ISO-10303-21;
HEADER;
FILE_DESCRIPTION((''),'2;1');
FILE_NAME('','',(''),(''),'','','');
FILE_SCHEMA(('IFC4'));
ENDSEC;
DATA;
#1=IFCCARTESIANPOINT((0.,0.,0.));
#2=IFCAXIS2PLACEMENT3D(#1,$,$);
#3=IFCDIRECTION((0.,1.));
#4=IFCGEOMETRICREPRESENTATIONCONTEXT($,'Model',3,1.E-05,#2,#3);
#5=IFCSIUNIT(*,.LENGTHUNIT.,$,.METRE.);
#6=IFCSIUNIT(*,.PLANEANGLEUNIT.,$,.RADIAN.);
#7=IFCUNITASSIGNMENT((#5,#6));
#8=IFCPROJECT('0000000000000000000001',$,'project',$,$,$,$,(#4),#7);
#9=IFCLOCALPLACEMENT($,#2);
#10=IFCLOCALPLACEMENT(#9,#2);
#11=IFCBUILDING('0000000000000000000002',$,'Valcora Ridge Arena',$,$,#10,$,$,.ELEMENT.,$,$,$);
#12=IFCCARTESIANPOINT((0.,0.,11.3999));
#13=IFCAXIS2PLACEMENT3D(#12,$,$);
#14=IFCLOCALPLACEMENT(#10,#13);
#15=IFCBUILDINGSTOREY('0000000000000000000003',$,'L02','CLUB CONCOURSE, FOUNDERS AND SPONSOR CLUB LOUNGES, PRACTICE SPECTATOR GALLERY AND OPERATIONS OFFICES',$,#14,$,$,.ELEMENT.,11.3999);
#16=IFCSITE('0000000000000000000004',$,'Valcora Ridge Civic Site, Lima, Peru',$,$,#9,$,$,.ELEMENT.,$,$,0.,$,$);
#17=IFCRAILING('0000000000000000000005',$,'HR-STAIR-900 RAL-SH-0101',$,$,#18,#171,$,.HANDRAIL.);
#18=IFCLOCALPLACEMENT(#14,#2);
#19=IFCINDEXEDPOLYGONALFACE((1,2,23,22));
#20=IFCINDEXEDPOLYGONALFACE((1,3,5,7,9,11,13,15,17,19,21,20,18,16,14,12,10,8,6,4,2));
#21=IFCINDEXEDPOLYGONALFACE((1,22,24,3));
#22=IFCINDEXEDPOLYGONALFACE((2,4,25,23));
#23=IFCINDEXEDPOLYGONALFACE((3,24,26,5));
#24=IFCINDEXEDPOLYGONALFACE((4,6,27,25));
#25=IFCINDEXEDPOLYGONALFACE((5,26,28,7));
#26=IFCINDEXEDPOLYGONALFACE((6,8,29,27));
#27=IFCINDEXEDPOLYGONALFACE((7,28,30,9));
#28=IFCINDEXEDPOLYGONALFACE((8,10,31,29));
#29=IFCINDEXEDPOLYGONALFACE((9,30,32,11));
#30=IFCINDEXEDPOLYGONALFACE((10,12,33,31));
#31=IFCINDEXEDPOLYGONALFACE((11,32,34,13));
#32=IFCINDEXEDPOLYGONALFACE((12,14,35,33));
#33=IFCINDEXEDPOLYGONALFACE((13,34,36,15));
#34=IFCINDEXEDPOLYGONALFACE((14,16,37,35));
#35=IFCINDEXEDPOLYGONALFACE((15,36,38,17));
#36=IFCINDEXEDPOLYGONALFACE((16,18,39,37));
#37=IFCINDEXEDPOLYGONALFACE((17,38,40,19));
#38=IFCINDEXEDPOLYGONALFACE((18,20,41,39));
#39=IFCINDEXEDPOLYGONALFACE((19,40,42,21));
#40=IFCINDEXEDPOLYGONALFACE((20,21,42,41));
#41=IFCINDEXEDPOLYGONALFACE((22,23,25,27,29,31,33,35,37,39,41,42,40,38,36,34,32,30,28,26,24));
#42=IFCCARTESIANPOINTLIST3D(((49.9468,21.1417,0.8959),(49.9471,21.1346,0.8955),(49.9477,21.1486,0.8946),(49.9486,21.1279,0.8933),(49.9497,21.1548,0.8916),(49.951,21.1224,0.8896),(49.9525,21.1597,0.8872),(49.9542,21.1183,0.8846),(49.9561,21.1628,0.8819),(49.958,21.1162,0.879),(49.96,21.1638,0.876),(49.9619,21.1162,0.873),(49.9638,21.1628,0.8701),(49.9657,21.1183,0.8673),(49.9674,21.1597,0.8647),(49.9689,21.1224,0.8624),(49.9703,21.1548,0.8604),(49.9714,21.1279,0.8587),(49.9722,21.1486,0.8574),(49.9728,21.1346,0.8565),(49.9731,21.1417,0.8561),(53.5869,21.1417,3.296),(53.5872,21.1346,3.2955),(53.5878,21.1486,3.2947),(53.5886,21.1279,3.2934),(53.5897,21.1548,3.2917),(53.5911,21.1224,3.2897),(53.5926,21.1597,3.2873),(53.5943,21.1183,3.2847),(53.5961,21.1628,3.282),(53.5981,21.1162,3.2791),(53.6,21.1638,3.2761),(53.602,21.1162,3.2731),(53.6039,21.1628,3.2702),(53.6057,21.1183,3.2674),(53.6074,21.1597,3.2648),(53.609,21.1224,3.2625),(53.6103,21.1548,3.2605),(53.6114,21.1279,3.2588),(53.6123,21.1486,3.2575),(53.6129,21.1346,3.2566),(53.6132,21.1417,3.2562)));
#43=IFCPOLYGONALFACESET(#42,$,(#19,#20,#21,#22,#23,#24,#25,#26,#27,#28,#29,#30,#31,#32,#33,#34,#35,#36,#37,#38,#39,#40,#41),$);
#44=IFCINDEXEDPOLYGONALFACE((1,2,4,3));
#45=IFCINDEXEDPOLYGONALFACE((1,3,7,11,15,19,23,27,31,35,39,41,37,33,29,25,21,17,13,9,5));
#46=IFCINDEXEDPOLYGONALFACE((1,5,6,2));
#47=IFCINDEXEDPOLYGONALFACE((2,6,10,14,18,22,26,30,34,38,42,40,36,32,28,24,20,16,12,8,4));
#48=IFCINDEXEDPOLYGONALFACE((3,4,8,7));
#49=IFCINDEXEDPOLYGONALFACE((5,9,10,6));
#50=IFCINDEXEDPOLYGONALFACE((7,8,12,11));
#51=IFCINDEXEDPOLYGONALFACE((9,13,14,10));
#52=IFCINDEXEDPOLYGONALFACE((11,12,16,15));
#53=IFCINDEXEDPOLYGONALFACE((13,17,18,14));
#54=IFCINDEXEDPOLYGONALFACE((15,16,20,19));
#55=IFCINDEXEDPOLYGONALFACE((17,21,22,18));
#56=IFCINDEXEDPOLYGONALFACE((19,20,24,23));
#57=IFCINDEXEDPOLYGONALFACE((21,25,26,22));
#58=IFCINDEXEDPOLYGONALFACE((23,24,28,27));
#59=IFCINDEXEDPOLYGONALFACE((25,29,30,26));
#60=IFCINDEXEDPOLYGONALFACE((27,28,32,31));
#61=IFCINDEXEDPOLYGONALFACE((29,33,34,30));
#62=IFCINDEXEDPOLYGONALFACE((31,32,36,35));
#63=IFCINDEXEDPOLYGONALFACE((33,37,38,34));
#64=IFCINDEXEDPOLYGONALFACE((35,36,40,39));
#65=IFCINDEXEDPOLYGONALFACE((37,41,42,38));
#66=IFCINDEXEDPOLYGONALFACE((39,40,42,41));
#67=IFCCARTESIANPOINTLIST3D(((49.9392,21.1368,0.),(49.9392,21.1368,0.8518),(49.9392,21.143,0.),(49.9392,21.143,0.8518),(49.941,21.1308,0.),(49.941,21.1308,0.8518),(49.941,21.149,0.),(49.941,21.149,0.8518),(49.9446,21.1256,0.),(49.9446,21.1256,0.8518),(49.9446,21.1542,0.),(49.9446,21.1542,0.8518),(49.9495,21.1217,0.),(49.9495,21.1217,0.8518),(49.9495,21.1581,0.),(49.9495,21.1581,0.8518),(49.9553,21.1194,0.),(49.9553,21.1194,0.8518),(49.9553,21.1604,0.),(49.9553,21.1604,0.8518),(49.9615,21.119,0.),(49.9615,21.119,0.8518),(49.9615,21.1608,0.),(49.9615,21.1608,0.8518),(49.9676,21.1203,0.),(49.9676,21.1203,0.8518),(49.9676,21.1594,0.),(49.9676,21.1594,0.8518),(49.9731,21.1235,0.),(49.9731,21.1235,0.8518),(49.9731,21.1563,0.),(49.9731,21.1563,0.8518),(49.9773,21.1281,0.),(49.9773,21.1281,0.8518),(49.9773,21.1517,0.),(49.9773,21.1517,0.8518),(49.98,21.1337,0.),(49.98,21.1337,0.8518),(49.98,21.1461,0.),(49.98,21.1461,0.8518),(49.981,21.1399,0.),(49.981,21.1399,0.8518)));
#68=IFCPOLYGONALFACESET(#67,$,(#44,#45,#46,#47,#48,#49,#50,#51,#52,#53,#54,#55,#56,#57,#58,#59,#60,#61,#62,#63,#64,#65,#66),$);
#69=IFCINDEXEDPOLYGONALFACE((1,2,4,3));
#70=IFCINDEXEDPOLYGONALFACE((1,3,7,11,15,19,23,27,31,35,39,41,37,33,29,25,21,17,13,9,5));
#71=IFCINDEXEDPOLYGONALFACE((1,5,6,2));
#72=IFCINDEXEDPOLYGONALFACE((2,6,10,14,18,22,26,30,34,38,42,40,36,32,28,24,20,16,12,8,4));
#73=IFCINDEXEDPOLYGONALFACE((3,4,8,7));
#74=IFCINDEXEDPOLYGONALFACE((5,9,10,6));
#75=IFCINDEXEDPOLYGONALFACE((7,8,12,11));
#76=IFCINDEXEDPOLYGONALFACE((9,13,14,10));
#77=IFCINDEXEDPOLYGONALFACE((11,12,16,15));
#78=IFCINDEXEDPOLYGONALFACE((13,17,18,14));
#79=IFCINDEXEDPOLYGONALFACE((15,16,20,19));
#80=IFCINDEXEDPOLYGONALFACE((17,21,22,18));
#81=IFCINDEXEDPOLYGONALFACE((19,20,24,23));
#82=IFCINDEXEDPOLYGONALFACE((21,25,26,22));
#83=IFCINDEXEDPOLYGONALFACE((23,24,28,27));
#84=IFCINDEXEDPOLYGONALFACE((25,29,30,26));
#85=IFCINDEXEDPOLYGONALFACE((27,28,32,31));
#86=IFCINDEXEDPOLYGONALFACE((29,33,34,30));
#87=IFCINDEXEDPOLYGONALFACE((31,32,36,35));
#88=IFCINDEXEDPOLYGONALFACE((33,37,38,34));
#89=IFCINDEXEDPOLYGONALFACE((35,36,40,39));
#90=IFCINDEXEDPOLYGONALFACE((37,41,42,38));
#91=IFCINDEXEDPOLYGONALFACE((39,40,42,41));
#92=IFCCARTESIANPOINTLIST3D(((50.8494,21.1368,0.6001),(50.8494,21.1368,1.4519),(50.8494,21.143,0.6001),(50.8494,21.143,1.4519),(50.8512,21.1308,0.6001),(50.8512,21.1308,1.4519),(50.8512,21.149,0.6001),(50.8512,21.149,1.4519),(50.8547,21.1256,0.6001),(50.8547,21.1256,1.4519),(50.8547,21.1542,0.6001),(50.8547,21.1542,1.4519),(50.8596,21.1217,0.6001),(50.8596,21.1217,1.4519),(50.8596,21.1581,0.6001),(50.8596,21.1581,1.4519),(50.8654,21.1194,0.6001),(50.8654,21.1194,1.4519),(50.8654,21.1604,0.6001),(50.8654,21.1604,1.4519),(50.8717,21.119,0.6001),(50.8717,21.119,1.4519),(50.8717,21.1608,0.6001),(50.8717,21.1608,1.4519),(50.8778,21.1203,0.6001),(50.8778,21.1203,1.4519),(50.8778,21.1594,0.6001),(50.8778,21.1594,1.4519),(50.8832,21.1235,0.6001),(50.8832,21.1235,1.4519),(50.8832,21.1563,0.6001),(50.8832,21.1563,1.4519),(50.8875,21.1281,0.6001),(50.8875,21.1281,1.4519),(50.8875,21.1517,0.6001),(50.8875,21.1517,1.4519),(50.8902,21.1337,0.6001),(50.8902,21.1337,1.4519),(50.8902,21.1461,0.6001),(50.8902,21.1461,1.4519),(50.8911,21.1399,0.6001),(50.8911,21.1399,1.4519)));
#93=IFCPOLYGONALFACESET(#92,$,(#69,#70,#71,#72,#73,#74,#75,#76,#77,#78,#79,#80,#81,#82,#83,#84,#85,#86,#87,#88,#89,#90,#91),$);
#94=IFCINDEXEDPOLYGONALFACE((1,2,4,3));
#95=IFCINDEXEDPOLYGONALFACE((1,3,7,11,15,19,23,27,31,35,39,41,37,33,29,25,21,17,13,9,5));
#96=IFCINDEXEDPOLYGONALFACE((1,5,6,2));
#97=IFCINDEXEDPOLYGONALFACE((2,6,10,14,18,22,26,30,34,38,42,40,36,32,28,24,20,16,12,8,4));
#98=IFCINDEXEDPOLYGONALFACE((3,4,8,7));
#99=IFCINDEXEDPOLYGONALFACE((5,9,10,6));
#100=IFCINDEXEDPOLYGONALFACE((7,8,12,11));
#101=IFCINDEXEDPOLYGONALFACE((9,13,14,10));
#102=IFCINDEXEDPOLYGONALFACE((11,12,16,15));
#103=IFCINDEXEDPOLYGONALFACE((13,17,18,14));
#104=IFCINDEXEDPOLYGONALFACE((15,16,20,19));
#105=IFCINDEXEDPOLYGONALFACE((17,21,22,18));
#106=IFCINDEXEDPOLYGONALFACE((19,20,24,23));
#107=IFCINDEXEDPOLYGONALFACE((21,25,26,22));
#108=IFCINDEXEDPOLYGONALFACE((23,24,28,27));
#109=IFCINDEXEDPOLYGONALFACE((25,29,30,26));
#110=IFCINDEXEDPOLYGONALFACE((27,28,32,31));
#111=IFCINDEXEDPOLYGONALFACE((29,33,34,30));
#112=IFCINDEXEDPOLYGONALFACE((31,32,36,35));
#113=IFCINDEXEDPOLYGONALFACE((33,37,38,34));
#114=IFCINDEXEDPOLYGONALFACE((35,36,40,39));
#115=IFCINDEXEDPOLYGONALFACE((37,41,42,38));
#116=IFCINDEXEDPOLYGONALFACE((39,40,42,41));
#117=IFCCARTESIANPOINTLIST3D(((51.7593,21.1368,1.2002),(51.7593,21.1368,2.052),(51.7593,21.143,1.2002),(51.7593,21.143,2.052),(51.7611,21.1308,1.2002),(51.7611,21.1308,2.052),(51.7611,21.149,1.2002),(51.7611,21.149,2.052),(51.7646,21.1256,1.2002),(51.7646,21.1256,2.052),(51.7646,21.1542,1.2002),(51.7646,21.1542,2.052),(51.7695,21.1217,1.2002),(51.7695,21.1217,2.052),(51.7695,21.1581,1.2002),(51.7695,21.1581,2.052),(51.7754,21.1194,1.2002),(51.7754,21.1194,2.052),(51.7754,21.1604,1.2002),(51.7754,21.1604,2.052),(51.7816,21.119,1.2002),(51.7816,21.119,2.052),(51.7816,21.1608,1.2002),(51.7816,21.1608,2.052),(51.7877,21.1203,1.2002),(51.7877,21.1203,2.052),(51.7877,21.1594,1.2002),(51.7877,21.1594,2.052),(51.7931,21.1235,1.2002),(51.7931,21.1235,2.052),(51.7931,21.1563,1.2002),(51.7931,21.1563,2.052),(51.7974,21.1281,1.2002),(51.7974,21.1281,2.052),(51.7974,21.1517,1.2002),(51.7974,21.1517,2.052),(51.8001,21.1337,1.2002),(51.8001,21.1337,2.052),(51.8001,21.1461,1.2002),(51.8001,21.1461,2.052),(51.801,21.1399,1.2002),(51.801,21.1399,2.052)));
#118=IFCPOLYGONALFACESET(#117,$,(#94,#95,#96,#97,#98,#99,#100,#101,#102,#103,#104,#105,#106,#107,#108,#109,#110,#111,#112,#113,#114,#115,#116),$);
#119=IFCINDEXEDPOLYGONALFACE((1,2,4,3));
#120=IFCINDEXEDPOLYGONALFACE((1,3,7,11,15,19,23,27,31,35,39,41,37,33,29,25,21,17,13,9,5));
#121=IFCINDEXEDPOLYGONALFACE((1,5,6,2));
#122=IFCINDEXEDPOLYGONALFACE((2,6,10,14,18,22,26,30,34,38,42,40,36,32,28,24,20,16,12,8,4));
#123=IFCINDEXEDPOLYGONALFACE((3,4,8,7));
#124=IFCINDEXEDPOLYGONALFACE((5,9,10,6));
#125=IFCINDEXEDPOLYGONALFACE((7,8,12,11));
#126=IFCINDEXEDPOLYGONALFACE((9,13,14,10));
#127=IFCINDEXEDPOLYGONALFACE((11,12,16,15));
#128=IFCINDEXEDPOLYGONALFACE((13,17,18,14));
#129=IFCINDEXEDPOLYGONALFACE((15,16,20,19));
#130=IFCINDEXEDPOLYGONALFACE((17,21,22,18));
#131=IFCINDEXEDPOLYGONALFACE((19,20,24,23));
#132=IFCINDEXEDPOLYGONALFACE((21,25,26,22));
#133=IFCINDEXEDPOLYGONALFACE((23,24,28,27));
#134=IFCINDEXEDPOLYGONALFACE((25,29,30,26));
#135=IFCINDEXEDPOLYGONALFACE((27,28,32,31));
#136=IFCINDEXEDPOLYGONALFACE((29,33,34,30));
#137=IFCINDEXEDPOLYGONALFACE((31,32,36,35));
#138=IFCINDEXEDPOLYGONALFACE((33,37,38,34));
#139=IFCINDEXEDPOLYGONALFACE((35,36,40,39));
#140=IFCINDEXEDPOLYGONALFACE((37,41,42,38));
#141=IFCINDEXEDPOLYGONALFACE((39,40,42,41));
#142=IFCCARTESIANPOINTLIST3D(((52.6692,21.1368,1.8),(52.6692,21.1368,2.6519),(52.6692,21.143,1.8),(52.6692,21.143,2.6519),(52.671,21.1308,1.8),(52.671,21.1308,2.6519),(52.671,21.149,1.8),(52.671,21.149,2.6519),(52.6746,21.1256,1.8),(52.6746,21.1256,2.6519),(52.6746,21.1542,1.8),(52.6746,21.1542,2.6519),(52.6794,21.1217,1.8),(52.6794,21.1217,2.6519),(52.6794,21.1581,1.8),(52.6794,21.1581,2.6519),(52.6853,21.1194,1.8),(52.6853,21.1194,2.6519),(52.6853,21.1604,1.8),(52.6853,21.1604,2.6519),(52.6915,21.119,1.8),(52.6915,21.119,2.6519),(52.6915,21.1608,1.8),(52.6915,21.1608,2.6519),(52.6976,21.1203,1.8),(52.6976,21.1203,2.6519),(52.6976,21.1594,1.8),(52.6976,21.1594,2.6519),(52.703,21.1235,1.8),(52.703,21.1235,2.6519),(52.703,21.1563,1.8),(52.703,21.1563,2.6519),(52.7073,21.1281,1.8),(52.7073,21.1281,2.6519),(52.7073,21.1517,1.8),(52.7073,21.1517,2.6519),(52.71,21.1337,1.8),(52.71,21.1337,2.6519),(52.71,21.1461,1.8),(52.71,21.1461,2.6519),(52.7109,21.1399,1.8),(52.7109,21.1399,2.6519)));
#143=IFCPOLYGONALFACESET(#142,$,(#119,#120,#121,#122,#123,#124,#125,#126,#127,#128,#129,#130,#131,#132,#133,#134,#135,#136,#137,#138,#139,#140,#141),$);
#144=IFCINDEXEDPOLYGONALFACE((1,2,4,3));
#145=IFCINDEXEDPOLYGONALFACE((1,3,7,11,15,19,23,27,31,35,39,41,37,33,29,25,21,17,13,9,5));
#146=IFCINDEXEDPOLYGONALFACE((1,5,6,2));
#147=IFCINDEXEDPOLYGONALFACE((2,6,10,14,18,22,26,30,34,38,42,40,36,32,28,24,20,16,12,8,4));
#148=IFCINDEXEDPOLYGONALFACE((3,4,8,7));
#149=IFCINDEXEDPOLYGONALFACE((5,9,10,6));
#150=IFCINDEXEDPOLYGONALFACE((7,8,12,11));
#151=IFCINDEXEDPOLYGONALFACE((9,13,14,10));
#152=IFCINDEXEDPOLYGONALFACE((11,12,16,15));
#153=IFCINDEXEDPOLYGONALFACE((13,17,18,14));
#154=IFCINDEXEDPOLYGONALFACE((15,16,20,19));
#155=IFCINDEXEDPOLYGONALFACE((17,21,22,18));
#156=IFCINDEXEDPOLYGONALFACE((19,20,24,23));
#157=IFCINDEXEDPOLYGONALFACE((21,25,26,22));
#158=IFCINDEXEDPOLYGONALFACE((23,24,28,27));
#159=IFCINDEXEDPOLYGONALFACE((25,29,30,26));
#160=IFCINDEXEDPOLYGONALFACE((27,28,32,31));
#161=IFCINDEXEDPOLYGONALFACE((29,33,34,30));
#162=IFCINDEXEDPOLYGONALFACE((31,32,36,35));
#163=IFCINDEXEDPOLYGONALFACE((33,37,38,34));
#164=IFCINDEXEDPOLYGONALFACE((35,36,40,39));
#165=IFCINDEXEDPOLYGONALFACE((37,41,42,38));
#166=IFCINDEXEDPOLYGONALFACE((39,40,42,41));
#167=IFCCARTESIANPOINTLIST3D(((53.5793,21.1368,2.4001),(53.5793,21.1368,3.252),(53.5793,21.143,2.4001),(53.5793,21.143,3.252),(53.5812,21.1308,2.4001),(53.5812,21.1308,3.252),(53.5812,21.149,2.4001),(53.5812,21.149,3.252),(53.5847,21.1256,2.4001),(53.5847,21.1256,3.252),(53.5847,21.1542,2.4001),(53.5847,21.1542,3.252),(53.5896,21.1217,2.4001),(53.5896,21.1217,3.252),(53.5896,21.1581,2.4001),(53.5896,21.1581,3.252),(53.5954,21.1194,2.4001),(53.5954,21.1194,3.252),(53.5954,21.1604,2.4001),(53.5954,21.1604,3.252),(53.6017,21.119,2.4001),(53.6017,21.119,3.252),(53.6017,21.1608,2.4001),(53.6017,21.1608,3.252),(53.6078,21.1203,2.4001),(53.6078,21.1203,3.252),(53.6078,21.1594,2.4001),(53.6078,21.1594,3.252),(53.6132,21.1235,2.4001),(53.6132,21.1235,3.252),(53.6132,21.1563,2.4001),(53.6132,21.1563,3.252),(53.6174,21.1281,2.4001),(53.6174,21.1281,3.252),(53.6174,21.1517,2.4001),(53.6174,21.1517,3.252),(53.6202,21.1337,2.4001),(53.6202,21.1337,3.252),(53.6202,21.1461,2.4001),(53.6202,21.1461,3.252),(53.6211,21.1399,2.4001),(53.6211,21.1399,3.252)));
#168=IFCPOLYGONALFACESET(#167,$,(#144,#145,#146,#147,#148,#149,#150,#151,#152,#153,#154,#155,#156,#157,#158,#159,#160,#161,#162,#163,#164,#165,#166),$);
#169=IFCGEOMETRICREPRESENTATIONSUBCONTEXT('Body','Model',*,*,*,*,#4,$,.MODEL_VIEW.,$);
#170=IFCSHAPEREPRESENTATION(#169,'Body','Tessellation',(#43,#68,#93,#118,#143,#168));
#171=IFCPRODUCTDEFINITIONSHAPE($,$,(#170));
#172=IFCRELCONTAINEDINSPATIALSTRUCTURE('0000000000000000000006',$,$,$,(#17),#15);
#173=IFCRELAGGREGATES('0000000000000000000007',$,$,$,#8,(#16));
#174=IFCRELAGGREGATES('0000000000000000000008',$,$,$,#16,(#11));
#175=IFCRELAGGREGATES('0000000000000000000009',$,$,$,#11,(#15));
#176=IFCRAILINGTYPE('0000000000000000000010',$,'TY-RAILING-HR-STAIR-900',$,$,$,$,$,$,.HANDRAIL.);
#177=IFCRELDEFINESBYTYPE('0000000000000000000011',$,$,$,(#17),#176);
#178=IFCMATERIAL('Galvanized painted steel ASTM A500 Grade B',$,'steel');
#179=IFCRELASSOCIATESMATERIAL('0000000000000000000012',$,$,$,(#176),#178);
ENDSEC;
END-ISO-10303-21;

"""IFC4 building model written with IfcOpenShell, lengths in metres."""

from ifc_helpers import new_model, si_unit, direction, frame, origin, origin_2d, place, context, subcontext, project, spatial, circle, extrude, material, type_object, element, save


model = new_model("IFC4")

# Units and contexts
model_context = context("Model", 3, precision=1e-05, world=origin(), true_north=direction((0.0, 1.0)))
body_context = subcontext(model_context, "Body", "Model", "MODEL_VIEW")
ifc_project = project(units=[si_unit("LENGTHUNIT", "METRE"), si_unit("PLANEANGLEUNIT", "RADIAN")], contexts=[model_context])

# Site, building, storey
site_placement = place(None, origin())
site = spatial("IfcSite", under=ifc_project, at=site_placement, Name="Valcora Ridge Civic Site, Lima, Peru", CompositionType="ELEMENT", RefElevation=0.0)
building_placement = place(site_placement, origin())
building = spatial("IfcBuilding", under=site, at=building_placement, Name="Valcora Ridge Arena", CompositionType="ELEMENT")
storey_placement = place(building_placement, frame((0.0, 0.0, 11.3999)))
storey = spatial("IfcBuildingStorey", under=building, at=storey_placement, Name="L02", Description="CLUB CONCOURSE, FOUNDERS AND SPONSOR CLUB LOUNGES, PRACTICE SPECTATOR GALLERY AND OPERATIONS OFFICES", CompositionType="ELEMENT", Elevation=11.3999)

# Railing
ifc_material_1 = material(Name="Galvanized painted steel ASTM A500 Grade B", Category="steel")
railing_type_1 = type_object("IfcRailingType", Name="TY-RAILING-HR-STAIR-900", PredefinedType="HANDRAIL", material=ifc_material_1)
railing_1_placement = place(storey_placement, frame((49.96, 21.1399, 0.0)))
element("IfcRailing", 1, at=railing_1_placement, inside=storey, type_object=railing_type_1, Name="HR-STAIR-900 RAL-SH-0101", PredefinedType="HANDRAIL", context=body_context, shape_type="SweptSolid", body=[
    extrude(circle(Radius=0.0239, at=origin_2d()), frame((0.0, 0.0, 0.876), z_axis=(0.834856, 0.0, 0.550468), x_axis=(0.0, 1.0, 0.0)), (0.0, 0.0, 1.0), 4.3601),
    extrude(circle(Radius=0.021, at=origin_2d()), origin(), (0.0, 0.0, 1.0), 0.8518),
    extrude(circle(Radius=0.021, at=origin_2d()), frame((0.9102, 0.0, 0.6001)), (0.0, 0.0, 1.0), 0.8518),
    extrude(circle(Radius=0.021, at=origin_2d()), frame((1.8201, 0.0, 1.2002)), (0.0, 0.0, 1.0), 0.8518),
    extrude(circle(Radius=0.021, at=origin_2d()), frame((2.73, 0.0, 1.8)), (0.0, 0.0, 1.0), 0.8518),
    extrude(circle(Radius=0.021, at=origin_2d()), frame((3.6401, 0.0, 2.4001)), (0.0, 0.0, 1.0), 0.8518),
])

save(model, "model.ifc")
